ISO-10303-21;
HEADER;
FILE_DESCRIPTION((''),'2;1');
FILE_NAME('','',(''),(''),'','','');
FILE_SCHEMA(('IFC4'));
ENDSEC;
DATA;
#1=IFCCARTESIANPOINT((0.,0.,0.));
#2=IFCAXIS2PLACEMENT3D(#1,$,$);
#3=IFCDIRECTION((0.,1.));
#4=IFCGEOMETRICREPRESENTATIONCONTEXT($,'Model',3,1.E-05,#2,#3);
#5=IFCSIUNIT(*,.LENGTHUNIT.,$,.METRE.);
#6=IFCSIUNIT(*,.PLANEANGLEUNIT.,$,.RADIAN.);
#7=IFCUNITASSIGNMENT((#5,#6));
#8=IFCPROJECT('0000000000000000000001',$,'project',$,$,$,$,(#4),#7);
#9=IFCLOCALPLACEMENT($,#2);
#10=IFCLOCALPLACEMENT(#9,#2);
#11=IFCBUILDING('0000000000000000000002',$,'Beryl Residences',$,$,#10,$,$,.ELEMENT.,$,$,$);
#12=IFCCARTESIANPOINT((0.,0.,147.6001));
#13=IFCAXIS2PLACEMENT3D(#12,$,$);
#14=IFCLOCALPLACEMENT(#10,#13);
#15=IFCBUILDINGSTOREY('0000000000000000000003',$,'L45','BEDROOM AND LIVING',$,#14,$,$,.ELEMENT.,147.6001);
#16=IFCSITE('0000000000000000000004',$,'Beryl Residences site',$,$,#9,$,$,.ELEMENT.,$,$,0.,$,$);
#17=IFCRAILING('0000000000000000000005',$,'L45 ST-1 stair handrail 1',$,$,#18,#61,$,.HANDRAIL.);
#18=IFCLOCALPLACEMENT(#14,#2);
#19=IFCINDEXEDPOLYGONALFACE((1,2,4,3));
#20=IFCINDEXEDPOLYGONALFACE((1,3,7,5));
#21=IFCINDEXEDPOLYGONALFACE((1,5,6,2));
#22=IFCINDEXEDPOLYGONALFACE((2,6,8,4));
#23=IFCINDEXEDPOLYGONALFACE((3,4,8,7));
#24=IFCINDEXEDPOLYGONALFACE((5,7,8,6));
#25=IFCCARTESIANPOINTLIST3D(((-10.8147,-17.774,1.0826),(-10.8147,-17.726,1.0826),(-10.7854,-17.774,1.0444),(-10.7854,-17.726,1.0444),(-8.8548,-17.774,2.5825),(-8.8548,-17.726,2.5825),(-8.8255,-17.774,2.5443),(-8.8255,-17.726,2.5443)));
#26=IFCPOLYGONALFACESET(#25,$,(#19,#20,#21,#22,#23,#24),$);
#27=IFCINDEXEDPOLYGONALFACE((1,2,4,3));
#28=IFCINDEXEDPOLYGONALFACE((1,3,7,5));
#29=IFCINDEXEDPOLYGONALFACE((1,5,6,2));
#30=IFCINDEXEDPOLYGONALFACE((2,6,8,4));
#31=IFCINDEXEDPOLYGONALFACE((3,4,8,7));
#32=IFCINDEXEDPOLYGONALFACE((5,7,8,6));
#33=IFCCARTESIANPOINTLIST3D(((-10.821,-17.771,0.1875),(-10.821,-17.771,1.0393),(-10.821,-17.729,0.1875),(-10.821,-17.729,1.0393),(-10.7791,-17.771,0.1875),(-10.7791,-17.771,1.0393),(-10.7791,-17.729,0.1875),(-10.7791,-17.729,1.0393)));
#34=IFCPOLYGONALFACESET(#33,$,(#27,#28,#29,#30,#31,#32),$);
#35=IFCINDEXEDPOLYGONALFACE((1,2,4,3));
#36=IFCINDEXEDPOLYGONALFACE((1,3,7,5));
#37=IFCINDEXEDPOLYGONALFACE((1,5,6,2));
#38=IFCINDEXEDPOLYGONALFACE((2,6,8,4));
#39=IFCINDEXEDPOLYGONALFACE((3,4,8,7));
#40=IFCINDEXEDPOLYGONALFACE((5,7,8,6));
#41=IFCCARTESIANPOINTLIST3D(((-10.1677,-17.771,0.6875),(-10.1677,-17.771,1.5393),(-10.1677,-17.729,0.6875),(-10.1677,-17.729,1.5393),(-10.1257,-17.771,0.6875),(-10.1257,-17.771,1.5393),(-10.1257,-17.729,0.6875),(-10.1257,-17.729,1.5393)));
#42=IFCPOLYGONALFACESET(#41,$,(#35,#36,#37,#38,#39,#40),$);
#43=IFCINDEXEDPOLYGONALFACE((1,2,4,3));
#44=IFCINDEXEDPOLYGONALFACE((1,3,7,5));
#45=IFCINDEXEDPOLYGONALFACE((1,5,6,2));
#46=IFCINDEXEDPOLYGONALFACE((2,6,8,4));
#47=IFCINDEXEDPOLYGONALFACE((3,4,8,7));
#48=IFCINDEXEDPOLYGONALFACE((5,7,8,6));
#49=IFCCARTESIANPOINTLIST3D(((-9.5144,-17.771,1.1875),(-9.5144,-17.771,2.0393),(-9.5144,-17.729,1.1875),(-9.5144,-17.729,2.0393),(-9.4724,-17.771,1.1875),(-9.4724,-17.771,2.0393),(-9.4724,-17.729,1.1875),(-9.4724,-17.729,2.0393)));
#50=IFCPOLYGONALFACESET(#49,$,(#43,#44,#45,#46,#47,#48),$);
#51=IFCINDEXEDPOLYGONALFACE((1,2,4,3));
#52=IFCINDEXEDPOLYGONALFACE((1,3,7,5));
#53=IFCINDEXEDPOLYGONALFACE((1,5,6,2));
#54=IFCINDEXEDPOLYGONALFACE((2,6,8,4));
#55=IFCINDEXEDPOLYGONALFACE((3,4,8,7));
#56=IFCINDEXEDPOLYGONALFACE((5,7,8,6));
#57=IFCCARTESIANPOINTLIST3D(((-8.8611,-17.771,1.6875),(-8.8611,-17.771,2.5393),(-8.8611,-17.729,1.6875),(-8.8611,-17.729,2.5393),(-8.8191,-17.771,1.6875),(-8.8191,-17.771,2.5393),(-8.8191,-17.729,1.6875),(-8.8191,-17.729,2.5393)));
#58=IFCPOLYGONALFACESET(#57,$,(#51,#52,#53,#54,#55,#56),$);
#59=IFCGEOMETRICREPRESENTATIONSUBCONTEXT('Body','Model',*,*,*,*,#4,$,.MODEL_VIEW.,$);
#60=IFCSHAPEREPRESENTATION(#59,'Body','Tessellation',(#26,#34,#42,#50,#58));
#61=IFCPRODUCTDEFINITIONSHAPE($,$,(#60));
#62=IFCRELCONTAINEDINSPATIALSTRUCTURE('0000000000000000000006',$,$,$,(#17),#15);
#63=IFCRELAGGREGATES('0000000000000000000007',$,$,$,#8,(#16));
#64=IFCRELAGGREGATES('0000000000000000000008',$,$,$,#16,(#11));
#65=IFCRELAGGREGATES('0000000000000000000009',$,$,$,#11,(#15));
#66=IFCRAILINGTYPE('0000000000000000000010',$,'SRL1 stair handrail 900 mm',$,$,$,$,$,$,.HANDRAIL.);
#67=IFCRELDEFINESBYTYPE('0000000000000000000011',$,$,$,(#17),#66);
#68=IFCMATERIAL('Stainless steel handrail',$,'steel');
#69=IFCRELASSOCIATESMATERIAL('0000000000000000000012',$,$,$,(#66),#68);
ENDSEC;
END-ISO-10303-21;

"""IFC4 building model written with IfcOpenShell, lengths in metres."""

from ifc_helpers import new_model, si_unit, direction, frame, origin, origin_2d, place, context, subcontext, project, spatial, rectangle, extrude, material, type_object, element, save


model = new_model("IFC4")

# Units and contexts
model_context = context("Model", 3, precision=1e-05, world=origin(), true_north=direction((0.0, 1.0)))
body_context = subcontext(model_context, "Body", "Model", "MODEL_VIEW")
ifc_project = project(units=[si_unit("LENGTHUNIT", "METRE"), si_unit("PLANEANGLEUNIT", "RADIAN")], contexts=[model_context])

# Site, building, storey
site_placement = place(None, origin())
site = spatial("IfcSite", under=ifc_project, at=site_placement, Name="Beryl Residences site", CompositionType="ELEMENT", RefElevation=0.0)
building_placement = place(site_placement, origin())
building = spatial("IfcBuilding", under=site, at=building_placement, Name="Beryl Residences", CompositionType="ELEMENT")
storey_placement = place(building_placement, frame((0.0, 0.0, 147.6001)))
storey = spatial("IfcBuildingStorey", under=building, at=storey_placement, Name="L45", Description="BEDROOM AND LIVING", CompositionType="ELEMENT", Elevation=147.6001)

# Railing
ifc_material_1 = material(Name="Stainless steel handrail", Category="steel")
railing_type_1 = type_object("IfcRailingType", Name="SRL1 stair handrail 900 mm", PredefinedType="HANDRAIL", material=ifc_material_1)
railing_1_placement = place(storey_placement, frame((-10.8, -17.75, 0.1875)))
element("IfcRailing", 1, at=railing_1_placement, inside=storey, type_object=railing_type_1, Name="L45 ST-1 stair handrail 1", PredefinedType="HANDRAIL", context=body_context, shape_type="SweptSolid", body=[
    extrude(rectangle(XDim=0.0481, YDim=0.0481, at=origin_2d()), frame((0.0, 0.0, 0.876), z_axis=(0.794122, 0.0, 0.607758), x_axis=(0.0, 1.0, 0.0)), (0.0, 0.0, 1.0), 2.468),
    extrude(rectangle(XDim=0.042, YDim=0.042, at=origin_2d()), origin(), (0.0, 0.0, 1.0), 0.8518),
    extrude(rectangle(XDim=0.042, YDim=0.042, at=origin_2d()), frame((0.6533, 0.0, 0.5)), (0.0, 0.0, 1.0), 0.8518),
    extrude(rectangle(XDim=0.042, YDim=0.042, at=origin_2d()), frame((1.3066, 0.0, 1.0)), (0.0, 0.0, 1.0), 0.8518),
    extrude(rectangle(XDim=0.042, YDim=0.042, at=origin_2d()), frame((1.96, 0.0, 1.5)), (0.0, 0.0, 1.0), 0.8518),
])

save(model, "model.ifc")
